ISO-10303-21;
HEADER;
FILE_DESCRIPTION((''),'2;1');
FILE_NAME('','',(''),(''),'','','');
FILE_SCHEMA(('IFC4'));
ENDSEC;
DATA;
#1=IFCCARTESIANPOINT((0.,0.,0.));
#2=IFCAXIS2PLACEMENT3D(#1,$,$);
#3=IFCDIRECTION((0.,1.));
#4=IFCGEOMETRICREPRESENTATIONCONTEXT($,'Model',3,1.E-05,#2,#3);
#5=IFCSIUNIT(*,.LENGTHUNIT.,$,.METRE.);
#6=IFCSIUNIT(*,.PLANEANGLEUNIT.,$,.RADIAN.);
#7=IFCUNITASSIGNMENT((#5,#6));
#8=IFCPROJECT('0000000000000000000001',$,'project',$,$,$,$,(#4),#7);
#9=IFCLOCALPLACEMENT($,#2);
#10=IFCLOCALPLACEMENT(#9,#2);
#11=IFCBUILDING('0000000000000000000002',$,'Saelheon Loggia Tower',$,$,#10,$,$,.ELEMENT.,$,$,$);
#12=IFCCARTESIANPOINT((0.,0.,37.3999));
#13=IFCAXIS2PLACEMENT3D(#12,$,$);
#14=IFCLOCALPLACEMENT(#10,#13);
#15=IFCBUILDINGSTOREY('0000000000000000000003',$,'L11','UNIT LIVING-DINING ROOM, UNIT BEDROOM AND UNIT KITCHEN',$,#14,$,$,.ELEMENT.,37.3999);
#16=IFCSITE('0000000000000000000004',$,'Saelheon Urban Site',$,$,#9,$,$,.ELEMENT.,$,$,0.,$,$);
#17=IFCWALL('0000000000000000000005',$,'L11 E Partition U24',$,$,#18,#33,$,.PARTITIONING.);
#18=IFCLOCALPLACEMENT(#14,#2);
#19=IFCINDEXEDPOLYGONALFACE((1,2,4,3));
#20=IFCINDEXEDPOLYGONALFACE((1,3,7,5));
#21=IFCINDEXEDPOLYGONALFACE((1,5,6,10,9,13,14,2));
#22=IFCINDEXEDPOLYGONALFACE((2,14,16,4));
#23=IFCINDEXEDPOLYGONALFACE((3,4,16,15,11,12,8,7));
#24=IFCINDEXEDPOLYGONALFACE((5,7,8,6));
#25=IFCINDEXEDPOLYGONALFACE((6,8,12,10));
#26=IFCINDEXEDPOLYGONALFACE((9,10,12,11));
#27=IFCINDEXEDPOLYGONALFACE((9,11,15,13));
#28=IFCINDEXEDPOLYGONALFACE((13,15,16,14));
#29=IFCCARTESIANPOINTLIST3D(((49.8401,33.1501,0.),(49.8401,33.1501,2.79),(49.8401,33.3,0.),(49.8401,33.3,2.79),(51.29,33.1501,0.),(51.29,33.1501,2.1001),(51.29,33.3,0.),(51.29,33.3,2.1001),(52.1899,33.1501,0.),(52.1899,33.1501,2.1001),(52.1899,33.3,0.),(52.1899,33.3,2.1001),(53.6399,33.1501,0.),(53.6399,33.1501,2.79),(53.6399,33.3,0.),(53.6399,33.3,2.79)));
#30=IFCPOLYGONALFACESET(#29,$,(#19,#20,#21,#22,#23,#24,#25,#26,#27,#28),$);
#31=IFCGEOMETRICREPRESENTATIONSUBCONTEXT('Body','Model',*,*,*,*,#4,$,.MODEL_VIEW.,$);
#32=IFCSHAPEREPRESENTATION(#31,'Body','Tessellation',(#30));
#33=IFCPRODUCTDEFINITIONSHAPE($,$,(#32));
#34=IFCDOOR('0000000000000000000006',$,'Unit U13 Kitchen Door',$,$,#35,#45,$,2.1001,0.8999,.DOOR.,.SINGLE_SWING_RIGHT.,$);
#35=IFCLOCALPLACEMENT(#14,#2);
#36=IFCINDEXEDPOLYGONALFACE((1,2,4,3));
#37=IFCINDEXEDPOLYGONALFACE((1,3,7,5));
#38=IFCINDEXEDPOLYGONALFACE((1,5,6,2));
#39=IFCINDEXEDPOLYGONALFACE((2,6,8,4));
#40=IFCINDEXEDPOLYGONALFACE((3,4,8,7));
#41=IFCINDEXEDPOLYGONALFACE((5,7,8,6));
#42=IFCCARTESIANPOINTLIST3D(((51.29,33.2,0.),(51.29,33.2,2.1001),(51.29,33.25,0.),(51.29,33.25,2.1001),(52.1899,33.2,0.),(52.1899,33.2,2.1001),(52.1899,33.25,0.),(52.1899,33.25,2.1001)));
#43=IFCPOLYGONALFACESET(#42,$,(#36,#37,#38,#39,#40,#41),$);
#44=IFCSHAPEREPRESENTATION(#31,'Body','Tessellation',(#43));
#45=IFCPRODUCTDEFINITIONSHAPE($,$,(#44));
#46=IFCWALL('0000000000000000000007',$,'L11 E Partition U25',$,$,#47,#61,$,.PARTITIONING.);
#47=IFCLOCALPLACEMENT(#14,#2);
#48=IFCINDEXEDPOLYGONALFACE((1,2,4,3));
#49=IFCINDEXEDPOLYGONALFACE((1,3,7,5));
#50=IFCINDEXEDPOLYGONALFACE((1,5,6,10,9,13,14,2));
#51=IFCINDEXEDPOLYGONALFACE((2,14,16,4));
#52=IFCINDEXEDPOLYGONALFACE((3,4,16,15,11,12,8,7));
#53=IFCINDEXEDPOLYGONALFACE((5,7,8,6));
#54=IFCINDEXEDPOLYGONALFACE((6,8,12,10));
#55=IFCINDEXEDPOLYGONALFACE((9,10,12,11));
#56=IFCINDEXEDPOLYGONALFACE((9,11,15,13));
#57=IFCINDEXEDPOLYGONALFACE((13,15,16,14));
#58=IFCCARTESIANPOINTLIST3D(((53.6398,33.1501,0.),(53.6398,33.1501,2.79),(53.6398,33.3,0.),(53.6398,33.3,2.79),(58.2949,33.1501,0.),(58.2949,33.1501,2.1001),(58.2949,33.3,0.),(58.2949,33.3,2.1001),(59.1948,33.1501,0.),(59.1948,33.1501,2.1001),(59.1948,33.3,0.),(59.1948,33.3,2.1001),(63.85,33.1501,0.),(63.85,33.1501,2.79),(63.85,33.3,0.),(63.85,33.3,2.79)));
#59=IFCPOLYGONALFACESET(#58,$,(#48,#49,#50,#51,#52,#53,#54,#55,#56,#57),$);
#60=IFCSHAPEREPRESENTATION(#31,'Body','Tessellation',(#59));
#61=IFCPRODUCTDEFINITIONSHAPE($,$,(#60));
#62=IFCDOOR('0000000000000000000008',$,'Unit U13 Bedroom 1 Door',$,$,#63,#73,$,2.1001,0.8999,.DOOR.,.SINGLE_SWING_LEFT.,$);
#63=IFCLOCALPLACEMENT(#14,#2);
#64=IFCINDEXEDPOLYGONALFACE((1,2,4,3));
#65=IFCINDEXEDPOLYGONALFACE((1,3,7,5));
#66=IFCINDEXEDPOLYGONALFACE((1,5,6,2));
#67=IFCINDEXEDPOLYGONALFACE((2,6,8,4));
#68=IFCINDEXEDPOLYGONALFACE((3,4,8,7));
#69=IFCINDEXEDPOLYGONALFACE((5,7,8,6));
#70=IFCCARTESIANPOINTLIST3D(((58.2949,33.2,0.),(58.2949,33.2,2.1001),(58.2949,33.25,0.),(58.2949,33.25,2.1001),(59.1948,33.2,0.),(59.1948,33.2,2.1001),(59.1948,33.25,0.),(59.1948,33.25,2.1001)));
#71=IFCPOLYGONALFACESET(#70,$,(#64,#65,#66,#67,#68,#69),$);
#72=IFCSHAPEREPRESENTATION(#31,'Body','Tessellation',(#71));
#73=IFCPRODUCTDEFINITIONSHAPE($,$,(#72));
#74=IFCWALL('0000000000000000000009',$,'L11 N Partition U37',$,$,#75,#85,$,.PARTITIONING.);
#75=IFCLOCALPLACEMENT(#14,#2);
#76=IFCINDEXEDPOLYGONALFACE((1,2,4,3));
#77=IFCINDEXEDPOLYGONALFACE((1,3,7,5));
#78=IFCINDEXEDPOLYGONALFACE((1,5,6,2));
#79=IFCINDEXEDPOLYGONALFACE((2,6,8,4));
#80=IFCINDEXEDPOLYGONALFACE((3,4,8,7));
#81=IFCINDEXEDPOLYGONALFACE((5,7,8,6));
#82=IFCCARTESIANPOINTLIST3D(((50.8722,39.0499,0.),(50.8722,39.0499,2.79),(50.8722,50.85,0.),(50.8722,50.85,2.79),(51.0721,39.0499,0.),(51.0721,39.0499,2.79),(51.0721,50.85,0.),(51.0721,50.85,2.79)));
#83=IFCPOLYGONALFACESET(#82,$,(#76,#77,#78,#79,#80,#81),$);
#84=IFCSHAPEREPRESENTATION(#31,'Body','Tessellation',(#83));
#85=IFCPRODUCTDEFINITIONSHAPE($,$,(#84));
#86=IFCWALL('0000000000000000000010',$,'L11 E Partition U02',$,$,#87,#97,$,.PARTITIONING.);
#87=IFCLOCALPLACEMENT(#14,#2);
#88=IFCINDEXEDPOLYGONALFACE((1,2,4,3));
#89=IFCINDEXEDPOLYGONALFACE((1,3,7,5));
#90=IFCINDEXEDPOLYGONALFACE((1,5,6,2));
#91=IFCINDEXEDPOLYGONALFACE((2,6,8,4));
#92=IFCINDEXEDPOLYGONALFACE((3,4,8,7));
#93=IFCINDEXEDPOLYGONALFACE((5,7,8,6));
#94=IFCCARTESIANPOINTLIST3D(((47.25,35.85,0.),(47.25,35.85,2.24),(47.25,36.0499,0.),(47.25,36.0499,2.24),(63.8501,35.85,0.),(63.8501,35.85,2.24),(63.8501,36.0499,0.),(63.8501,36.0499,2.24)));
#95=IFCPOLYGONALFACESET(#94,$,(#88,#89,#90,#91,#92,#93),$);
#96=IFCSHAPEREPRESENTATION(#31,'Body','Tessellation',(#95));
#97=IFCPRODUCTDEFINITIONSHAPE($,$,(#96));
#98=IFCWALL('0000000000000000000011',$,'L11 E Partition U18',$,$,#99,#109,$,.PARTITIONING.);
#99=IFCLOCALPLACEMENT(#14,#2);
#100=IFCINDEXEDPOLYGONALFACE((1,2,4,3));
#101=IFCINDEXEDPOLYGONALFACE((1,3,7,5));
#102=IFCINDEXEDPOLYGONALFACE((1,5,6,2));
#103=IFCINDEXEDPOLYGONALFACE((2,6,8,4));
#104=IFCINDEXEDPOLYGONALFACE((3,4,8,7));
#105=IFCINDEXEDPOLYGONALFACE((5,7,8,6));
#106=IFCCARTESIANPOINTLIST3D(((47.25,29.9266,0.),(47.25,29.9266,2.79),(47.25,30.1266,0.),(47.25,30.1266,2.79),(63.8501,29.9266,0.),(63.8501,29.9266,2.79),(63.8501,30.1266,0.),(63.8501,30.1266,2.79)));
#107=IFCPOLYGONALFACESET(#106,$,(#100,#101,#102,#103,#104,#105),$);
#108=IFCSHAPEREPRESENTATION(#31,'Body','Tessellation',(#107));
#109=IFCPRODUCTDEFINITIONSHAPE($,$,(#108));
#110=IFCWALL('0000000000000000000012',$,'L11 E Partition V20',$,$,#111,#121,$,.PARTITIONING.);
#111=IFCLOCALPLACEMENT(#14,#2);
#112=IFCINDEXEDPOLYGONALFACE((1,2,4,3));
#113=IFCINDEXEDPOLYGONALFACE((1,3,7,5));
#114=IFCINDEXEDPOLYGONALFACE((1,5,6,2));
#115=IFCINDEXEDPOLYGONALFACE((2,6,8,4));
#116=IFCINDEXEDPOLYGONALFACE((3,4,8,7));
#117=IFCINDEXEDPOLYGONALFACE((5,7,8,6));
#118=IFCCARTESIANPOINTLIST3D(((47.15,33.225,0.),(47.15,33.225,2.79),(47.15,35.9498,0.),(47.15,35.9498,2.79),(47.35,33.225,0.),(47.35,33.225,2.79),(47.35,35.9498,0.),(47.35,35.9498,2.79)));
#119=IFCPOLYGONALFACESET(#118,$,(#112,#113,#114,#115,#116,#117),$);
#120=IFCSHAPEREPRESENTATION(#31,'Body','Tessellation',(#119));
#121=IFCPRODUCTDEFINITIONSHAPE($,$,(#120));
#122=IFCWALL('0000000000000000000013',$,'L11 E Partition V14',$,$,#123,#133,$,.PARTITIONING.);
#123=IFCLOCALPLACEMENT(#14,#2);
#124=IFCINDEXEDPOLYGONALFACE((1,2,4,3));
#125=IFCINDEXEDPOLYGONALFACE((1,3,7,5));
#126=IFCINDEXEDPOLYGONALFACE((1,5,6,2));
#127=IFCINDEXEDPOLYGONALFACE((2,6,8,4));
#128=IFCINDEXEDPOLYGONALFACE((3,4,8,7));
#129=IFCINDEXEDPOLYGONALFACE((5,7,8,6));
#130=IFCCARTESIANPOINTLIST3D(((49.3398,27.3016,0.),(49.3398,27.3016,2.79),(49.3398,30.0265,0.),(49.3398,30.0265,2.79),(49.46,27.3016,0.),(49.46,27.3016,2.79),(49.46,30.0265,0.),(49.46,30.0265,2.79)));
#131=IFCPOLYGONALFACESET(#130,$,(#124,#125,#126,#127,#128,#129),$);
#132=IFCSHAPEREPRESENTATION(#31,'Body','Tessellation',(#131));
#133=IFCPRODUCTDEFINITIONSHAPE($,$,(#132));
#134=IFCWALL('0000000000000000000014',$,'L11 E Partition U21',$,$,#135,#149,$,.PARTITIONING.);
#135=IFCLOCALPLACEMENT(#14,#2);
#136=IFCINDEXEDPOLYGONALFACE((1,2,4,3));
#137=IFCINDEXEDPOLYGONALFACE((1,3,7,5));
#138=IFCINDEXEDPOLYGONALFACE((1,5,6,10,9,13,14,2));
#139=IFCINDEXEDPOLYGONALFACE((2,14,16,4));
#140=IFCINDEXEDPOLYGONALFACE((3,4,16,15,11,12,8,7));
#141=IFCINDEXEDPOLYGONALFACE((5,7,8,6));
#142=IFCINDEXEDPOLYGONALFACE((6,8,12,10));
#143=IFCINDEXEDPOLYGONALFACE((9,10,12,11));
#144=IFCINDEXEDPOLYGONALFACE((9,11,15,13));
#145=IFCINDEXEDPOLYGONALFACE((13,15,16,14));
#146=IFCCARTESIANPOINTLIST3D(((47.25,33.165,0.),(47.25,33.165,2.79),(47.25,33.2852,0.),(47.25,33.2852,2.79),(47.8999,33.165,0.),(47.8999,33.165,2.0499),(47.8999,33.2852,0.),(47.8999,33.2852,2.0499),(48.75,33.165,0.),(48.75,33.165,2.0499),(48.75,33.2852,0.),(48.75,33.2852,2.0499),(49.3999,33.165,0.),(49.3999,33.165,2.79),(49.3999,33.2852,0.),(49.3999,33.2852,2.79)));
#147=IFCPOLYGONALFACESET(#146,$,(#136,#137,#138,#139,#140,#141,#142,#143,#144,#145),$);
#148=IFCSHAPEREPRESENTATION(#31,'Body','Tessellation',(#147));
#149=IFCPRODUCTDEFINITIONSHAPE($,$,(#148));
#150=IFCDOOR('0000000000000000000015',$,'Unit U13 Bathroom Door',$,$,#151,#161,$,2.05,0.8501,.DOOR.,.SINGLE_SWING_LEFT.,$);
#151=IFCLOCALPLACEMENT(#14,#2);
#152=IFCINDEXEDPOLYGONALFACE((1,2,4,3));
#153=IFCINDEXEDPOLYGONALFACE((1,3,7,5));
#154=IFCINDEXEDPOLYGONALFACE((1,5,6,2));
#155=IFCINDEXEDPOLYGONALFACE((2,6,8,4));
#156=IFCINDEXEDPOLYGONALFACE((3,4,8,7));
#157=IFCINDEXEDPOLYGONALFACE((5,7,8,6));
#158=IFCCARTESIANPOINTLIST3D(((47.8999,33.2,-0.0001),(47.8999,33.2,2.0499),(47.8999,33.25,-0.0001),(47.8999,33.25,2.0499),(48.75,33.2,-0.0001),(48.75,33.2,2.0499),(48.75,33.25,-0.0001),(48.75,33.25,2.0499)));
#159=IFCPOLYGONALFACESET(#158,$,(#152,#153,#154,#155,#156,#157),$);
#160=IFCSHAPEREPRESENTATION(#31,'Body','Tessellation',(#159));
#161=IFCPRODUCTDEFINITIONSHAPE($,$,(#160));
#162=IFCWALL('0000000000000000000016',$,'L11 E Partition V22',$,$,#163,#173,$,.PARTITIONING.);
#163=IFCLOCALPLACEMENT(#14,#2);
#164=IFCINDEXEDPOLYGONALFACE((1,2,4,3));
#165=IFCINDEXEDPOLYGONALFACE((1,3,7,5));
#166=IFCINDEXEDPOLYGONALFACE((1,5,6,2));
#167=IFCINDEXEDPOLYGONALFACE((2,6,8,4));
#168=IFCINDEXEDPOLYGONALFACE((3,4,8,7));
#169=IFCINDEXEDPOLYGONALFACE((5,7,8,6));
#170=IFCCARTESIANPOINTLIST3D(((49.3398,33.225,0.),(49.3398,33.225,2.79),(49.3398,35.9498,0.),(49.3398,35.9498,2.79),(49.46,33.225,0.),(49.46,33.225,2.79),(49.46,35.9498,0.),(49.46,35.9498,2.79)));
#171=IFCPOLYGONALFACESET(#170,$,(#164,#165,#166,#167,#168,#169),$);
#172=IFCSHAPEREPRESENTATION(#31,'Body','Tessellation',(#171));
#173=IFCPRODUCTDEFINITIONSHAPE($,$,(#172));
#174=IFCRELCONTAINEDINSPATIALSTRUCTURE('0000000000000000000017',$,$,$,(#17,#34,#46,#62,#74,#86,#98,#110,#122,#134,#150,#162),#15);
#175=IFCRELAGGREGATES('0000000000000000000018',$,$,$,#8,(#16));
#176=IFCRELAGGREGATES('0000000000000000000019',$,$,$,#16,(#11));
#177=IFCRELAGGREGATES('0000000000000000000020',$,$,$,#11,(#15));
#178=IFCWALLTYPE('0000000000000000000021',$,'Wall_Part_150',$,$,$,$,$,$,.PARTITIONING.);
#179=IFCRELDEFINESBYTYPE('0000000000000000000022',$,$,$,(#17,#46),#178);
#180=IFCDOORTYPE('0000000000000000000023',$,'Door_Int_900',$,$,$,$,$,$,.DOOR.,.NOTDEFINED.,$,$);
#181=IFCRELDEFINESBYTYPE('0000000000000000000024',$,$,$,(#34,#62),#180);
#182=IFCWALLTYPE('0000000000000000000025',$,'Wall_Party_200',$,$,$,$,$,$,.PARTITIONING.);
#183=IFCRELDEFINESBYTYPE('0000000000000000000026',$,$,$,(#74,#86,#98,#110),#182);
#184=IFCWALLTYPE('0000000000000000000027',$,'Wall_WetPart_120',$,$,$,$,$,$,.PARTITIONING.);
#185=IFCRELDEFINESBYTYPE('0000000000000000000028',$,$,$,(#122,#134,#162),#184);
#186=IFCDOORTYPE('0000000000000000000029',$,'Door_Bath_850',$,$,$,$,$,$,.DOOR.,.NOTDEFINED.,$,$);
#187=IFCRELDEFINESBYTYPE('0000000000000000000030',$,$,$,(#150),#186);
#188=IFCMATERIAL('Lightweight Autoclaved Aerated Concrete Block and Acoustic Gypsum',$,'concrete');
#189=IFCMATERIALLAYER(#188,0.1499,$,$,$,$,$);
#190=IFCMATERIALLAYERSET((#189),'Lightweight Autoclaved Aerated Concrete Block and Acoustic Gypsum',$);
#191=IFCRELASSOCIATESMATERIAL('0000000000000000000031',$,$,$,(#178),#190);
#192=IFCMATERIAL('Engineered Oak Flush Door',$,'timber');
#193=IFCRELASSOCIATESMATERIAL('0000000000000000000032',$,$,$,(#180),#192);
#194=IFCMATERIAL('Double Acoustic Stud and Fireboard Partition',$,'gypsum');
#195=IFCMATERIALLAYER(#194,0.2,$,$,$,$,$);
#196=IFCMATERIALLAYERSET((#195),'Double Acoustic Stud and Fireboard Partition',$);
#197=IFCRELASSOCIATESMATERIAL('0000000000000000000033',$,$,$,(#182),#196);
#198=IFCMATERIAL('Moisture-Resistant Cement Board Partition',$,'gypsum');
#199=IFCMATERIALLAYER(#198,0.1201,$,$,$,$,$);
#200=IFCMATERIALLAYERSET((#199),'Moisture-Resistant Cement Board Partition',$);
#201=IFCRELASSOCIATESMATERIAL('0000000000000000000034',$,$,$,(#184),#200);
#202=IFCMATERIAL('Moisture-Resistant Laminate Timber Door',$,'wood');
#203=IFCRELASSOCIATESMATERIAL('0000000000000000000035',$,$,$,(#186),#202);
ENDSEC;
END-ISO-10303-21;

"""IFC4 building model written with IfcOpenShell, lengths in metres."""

from ifc_helpers import new_model, si_unit, direction, frame, frame_2d, origin, place, context, subcontext, project, spatial, rectangle, extrude, source, transform, mapped, material, layer, layer_set, type_object, element, fill, save


model = new_model("IFC4")

# Units and contexts
model_context = context("Model", 3, precision=1e-05, world=origin(), true_north=direction((0.0, 1.0)))
body_context = subcontext(model_context, "Body", "Model", "MODEL_VIEW")
ifc_project = project(units=[si_unit("LENGTHUNIT", "METRE"), si_unit("PLANEANGLEUNIT", "RADIAN")], contexts=[model_context])

# Site, building, storey
site_placement = place(None, origin())
site = spatial("IfcSite", under=ifc_project, at=site_placement, Name="Saelheon Urban Site", CompositionType="ELEMENT", RefElevation=0.0)
building_placement = place(site_placement, origin())
building = spatial("IfcBuilding", under=site, at=building_placement, Name="Saelheon Loggia Tower", CompositionType="ELEMENT")
storey_placement = place(building_placement, frame((0.0, 0.0, 37.3999)))
storey = spatial("IfcBuildingStorey", under=building, at=storey_placement, Name="L11", Description="UNIT LIVING-DINING ROOM, UNIT BEDROOM AND UNIT KITCHEN", CompositionType="ELEMENT", Elevation=37.3999)

# Shared definitions
ifc_material_1 = material(Name="Lightweight Autoclaved Aerated Concrete Block and Acoustic Gypsum", Category="concrete")
ifc_layer_1 = layer(ifc_material_1, 0.1499)
ifc_layer_set_1 = layer_set([ifc_layer_1], Name="Lightweight Autoclaved Aerated Concrete Block and Acoustic Gypsum")
wall_type_1 = type_object("IfcWallType", Name="Wall_Part_150", PredefinedType="PARTITIONING", material=ifc_layer_set_1)

# Shared definitions
ifc_material_2 = material(Name="Engineered Oak Flush Door", Category="timber")
door_type_1 = type_object("IfcDoorType", Name="Door_Int_900", OperationType="NOTDEFINED", PredefinedType="DOOR", material=ifc_material_2)
shared_shape_1 = source(origin(), body_context, "Body", "SweptSolid", [
    extrude(rectangle(XDim=0.8999, YDim=2.1001, at=frame_2d((0.45, 1.05))), frame((0.0, 0.0249, 0.0), z_axis=(0.0, -1.0, 0.0), x_axis=(1.0, 0.0, 0.0)), (0.0, 0.0, 1.0), 0.05),
])

# Walls, openings, doors
wall_1_placement = place(storey_placement, frame((49.8401, 33.2251, 0.0), z_axis=(0.0, 0.0, 1.0), x_axis=(1.0, 0.0, 0.0)))
wall_1 = element("IfcWall", 1, at=wall_1_placement, inside=storey, type_object=wall_type_1, Name="L11 E Partition U24", PredefinedType="PARTITIONING", context=body_context, shape_type="SweptSolid", body=[
    extrude(rectangle(XDim=3.7998, YDim=0.1499, at=frame_2d((1.8999, 0.0))), origin(), (0.0, 0.0, 1.0), 2.79),
])
opening_1_placement = place(wall_1_placement, frame((1.45, 0.0, 0.0)))
opening_1 = element("IfcOpeningElement", 2, at=opening_1_placement, cuts=wall_1, PredefinedType="OPENING", context=body_context, shape_type="SweptSolid", body=[
    extrude(rectangle(XDim=0.8999, YDim=2.1001, at=frame_2d((0.45, 1.05))), frame((0.0, 0.0869, 0.0), z_axis=(0.0, -1.0, 0.0), x_axis=(1.0, 0.0, 0.0)), (0.0, 0.0, 1.0), 0.1738),
])
door_1_placement = place(opening_1_placement, origin())
door_1 = element("IfcDoor", 3, at=door_1_placement, inside=storey, type_object=door_type_1, Name="Unit U13 Kitchen Door", OperationType="SINGLE_SWING_RIGHT", OverallHeight=2.1001, OverallWidth=0.8999, PredefinedType="DOOR", context=body_context, shape_type="MappedRepresentation", body=[
    mapped(shared_shape_1, transform((0.0, 0.0, 0.0), scale=1.0)),
])
fill(opening_1, door_1)
wall_2_placement = place(storey_placement, frame((53.6399, 33.2251, 0.0), z_axis=(0.0, 0.0, 1.0), x_axis=(1.0, 0.0, 0.0)))
wall_2 = element("IfcWall", 4, at=wall_2_placement, inside=storey, type_object=wall_type_1, Name="L11 E Partition U25", PredefinedType="PARTITIONING", context=body_context, shape_type="SweptSolid", body=[
    extrude(rectangle(XDim=10.2102, YDim=0.1499, at=frame_2d((5.105, 0.0))), origin(), (0.0, 0.0, 1.0), 2.79),
])
opening_2_placement = place(wall_2_placement, frame((4.655, 0.0, 0.0)))
opening_2 = element("IfcOpeningElement", 5, at=opening_2_placement, cuts=wall_2, PredefinedType="OPENING", context=body_context, shape_type="SweptSolid", body=[
    extrude(rectangle(XDim=0.8999, YDim=2.1001, at=frame_2d((0.45, 1.05))), frame((0.0, 0.0869, 0.0), z_axis=(0.0, -1.0, 0.0), x_axis=(1.0, 0.0, 0.0)), (0.0, 0.0, 1.0), 0.1738),
])
door_2_placement = place(opening_2_placement, origin())
door_2 = element("IfcDoor", 6, at=door_2_placement, inside=storey, type_object=door_type_1, Name="Unit U13 Bedroom 1 Door", OperationType="SINGLE_SWING_LEFT", OverallHeight=2.1001, OverallWidth=0.8999, PredefinedType="DOOR", context=body_context, shape_type="MappedRepresentation", body=[
    mapped(shared_shape_1, transform((0.0, 0.0, 0.0), scale=1.0)),
])
fill(opening_2, door_2)

# Walls
ifc_material_3 = material(Name="Double Acoustic Stud and Fireboard Partition", Category="gypsum")
ifc_layer_2 = layer(ifc_material_3, 0.2)
ifc_layer_set_2 = layer_set([ifc_layer_2], Name="Double Acoustic Stud and Fireboard Partition")
wall_type_2 = type_object("IfcWallType", Name="Wall_Party_200", PredefinedType="PARTITIONING", material=ifc_layer_set_2)
wall_3_placement = place(storey_placement, frame((50.9722, 39.05, 0.0), z_axis=(0.0, 0.0, 1.0), x_axis=(0.0, 1.0, 0.0)))
element("IfcWall", 7, at=wall_3_placement, inside=storey, type_object=wall_type_2, Name="L11 N Partition U37", PredefinedType="PARTITIONING", context=body_context, shape_type="SweptSolid", body=[
    extrude(rectangle(XDim=11.8, YDim=0.2, at=frame_2d((5.8999, 0.0))), origin(), (0.0, 0.0, 1.0), 2.79),
])
wall_4_placement = place(storey_placement, frame((47.25, 35.95, 0.0), z_axis=(0.0, 0.0, 1.0), x_axis=(1.0, 0.0, 0.0)))
element("IfcWall", 8, at=wall_4_placement, inside=storey, type_object=wall_type_2, Name="L11 E Partition U02", PredefinedType="PARTITIONING", context=body_context, shape_type="SweptSolid", body=[
    extrude(rectangle(XDim=16.6001, YDim=0.2, at=frame_2d((8.3, 0.0))), origin(), (0.0, 0.0, 1.0), 2.24),
])
wall_5_placement = place(storey_placement, frame((47.25, 30.0266, 0.0), z_axis=(0.0, 0.0, 1.0), x_axis=(1.0, 0.0, 0.0)))
element("IfcWall", 9, at=wall_5_placement, inside=storey, type_object=wall_type_2, Name="L11 E Partition U18", PredefinedType="PARTITIONING", context=body_context, shape_type="SweptSolid", body=[
    extrude(rectangle(XDim=16.6001, YDim=0.2, at=frame_2d((8.3, 0.0))), origin(), (0.0, 0.0, 1.0), 2.79),
])

# Walls
wall_6_placement = place(storey_placement, frame((47.25, 33.2251, 0.0), z_axis=(0.0, 0.0, 1.0), x_axis=(0.0, 1.0, 0.0)))
element("IfcWall", 10, at=wall_6_placement, inside=storey, type_object=wall_type_2, Name="L11 E Partition V20", PredefinedType="PARTITIONING", context=body_context, shape_type="SweptSolid", body=[
    extrude(rectangle(XDim=2.7249, YDim=0.2, at=frame_2d((1.3623, 0.0))), origin(), (0.0, 0.0, 1.0), 2.79),
])
ifc_material_4 = material(Name="Moisture-Resistant Cement Board Partition", Category="gypsum")
ifc_layer_3 = layer(ifc_material_4, 0.1201)
ifc_layer_set_3 = layer_set([ifc_layer_3], Name="Moisture-Resistant Cement Board Partition")
wall_type_3 = type_object("IfcWallType", Name="Wall_WetPart_120", PredefinedType="PARTITIONING", material=ifc_layer_set_3)
wall_7_placement = place(storey_placement, frame((49.3999, 27.3018, 0.0), z_axis=(0.0, 0.0, 1.0), x_axis=(0.0, 1.0, 0.0)))
element("IfcWall", 11, at=wall_7_placement, inside=storey, type_object=wall_type_3, Name="L11 E Partition V14", PredefinedType="PARTITIONING", context=body_context, shape_type="SweptSolid", body=[
    extrude(rectangle(XDim=2.7249, YDim=0.1201, at=frame_2d((1.3623, 0.0))), origin(), (0.0, 0.0, 1.0), 2.79),
])

# Wall, opening, door
wall_8_placement = place(storey_placement, frame((47.25, 33.2251, 0.0), z_axis=(0.0, 0.0, 1.0), x_axis=(1.0, 0.0, 0.0)))
wall_8 = element("IfcWall", 12, at=wall_8_placement, inside=storey, type_object=wall_type_3, Name="L11 E Partition U21", PredefinedType="PARTITIONING", context=body_context, shape_type="SweptSolid", body=[
    extrude(rectangle(XDim=2.1499, YDim=0.1201, at=frame_2d((1.075, 0.0))), origin(), (0.0, 0.0, 1.0), 2.79),
])
opening_3_placement = place(wall_8_placement, frame((0.6499, 0.0, 0.0)))
opening_3 = element("IfcOpeningElement", 13, at=opening_3_placement, cuts=wall_8, PredefinedType="OPENING", context=body_context, shape_type="SweptSolid", body=[
    extrude(rectangle(XDim=0.8501, YDim=2.05, at=frame_2d((0.425, 1.0249))), frame((0.0, 0.072, 0.0), z_axis=(0.0, -1.0, 0.0), x_axis=(1.0, 0.0, 0.0)), (0.0, 0.0, 1.0), 0.144),
])
ifc_material_5 = material(Name="Moisture-Resistant Laminate Timber Door", Category="wood")
door_type_2 = type_object("IfcDoorType", Name="Door_Bath_850", OperationType="NOTDEFINED", PredefinedType="DOOR", material=ifc_material_5)
shared_shape_2 = source(origin(), body_context, "Body", "SweptSolid", [
    extrude(rectangle(XDim=0.8501, YDim=2.05, at=frame_2d((0.425, 1.0249))), frame((0.0, 0.0249, 0.0), z_axis=(0.0, -1.0, 0.0), x_axis=(1.0, 0.0, 0.0)), (0.0, 0.0, 1.0), 0.05),
])
door_3_placement = place(opening_3_placement, origin())
door_3 = element("IfcDoor", 14, at=door_3_placement, inside=storey, type_object=door_type_2, Name="Unit U13 Bathroom Door", OperationType="SINGLE_SWING_LEFT", OverallHeight=2.05, OverallWidth=0.8501, PredefinedType="DOOR", context=body_context, shape_type="MappedRepresentation", body=[
    mapped(shared_shape_2, transform((0.0, 0.0, 0.0), scale=1.0)),
])
fill(opening_3, door_3)

# Wall
wall_9_placement = place(storey_placement, frame((49.3999, 33.2251, 0.0), z_axis=(0.0, 0.0, 1.0), x_axis=(0.0, 1.0, 0.0)))
element("IfcWall", 15, at=wall_9_placement, inside=storey, type_object=wall_type_3, Name="L11 E Partition V22", PredefinedType="PARTITIONING", context=body_context, shape_type="SweptSolid", body=[
    extrude(rectangle(XDim=2.7249, YDim=0.1201, at=frame_2d((1.3623, 0.0))), origin(), (0.0, 0.0, 1.0), 2.79),
])

save(model, "model.ifc")
